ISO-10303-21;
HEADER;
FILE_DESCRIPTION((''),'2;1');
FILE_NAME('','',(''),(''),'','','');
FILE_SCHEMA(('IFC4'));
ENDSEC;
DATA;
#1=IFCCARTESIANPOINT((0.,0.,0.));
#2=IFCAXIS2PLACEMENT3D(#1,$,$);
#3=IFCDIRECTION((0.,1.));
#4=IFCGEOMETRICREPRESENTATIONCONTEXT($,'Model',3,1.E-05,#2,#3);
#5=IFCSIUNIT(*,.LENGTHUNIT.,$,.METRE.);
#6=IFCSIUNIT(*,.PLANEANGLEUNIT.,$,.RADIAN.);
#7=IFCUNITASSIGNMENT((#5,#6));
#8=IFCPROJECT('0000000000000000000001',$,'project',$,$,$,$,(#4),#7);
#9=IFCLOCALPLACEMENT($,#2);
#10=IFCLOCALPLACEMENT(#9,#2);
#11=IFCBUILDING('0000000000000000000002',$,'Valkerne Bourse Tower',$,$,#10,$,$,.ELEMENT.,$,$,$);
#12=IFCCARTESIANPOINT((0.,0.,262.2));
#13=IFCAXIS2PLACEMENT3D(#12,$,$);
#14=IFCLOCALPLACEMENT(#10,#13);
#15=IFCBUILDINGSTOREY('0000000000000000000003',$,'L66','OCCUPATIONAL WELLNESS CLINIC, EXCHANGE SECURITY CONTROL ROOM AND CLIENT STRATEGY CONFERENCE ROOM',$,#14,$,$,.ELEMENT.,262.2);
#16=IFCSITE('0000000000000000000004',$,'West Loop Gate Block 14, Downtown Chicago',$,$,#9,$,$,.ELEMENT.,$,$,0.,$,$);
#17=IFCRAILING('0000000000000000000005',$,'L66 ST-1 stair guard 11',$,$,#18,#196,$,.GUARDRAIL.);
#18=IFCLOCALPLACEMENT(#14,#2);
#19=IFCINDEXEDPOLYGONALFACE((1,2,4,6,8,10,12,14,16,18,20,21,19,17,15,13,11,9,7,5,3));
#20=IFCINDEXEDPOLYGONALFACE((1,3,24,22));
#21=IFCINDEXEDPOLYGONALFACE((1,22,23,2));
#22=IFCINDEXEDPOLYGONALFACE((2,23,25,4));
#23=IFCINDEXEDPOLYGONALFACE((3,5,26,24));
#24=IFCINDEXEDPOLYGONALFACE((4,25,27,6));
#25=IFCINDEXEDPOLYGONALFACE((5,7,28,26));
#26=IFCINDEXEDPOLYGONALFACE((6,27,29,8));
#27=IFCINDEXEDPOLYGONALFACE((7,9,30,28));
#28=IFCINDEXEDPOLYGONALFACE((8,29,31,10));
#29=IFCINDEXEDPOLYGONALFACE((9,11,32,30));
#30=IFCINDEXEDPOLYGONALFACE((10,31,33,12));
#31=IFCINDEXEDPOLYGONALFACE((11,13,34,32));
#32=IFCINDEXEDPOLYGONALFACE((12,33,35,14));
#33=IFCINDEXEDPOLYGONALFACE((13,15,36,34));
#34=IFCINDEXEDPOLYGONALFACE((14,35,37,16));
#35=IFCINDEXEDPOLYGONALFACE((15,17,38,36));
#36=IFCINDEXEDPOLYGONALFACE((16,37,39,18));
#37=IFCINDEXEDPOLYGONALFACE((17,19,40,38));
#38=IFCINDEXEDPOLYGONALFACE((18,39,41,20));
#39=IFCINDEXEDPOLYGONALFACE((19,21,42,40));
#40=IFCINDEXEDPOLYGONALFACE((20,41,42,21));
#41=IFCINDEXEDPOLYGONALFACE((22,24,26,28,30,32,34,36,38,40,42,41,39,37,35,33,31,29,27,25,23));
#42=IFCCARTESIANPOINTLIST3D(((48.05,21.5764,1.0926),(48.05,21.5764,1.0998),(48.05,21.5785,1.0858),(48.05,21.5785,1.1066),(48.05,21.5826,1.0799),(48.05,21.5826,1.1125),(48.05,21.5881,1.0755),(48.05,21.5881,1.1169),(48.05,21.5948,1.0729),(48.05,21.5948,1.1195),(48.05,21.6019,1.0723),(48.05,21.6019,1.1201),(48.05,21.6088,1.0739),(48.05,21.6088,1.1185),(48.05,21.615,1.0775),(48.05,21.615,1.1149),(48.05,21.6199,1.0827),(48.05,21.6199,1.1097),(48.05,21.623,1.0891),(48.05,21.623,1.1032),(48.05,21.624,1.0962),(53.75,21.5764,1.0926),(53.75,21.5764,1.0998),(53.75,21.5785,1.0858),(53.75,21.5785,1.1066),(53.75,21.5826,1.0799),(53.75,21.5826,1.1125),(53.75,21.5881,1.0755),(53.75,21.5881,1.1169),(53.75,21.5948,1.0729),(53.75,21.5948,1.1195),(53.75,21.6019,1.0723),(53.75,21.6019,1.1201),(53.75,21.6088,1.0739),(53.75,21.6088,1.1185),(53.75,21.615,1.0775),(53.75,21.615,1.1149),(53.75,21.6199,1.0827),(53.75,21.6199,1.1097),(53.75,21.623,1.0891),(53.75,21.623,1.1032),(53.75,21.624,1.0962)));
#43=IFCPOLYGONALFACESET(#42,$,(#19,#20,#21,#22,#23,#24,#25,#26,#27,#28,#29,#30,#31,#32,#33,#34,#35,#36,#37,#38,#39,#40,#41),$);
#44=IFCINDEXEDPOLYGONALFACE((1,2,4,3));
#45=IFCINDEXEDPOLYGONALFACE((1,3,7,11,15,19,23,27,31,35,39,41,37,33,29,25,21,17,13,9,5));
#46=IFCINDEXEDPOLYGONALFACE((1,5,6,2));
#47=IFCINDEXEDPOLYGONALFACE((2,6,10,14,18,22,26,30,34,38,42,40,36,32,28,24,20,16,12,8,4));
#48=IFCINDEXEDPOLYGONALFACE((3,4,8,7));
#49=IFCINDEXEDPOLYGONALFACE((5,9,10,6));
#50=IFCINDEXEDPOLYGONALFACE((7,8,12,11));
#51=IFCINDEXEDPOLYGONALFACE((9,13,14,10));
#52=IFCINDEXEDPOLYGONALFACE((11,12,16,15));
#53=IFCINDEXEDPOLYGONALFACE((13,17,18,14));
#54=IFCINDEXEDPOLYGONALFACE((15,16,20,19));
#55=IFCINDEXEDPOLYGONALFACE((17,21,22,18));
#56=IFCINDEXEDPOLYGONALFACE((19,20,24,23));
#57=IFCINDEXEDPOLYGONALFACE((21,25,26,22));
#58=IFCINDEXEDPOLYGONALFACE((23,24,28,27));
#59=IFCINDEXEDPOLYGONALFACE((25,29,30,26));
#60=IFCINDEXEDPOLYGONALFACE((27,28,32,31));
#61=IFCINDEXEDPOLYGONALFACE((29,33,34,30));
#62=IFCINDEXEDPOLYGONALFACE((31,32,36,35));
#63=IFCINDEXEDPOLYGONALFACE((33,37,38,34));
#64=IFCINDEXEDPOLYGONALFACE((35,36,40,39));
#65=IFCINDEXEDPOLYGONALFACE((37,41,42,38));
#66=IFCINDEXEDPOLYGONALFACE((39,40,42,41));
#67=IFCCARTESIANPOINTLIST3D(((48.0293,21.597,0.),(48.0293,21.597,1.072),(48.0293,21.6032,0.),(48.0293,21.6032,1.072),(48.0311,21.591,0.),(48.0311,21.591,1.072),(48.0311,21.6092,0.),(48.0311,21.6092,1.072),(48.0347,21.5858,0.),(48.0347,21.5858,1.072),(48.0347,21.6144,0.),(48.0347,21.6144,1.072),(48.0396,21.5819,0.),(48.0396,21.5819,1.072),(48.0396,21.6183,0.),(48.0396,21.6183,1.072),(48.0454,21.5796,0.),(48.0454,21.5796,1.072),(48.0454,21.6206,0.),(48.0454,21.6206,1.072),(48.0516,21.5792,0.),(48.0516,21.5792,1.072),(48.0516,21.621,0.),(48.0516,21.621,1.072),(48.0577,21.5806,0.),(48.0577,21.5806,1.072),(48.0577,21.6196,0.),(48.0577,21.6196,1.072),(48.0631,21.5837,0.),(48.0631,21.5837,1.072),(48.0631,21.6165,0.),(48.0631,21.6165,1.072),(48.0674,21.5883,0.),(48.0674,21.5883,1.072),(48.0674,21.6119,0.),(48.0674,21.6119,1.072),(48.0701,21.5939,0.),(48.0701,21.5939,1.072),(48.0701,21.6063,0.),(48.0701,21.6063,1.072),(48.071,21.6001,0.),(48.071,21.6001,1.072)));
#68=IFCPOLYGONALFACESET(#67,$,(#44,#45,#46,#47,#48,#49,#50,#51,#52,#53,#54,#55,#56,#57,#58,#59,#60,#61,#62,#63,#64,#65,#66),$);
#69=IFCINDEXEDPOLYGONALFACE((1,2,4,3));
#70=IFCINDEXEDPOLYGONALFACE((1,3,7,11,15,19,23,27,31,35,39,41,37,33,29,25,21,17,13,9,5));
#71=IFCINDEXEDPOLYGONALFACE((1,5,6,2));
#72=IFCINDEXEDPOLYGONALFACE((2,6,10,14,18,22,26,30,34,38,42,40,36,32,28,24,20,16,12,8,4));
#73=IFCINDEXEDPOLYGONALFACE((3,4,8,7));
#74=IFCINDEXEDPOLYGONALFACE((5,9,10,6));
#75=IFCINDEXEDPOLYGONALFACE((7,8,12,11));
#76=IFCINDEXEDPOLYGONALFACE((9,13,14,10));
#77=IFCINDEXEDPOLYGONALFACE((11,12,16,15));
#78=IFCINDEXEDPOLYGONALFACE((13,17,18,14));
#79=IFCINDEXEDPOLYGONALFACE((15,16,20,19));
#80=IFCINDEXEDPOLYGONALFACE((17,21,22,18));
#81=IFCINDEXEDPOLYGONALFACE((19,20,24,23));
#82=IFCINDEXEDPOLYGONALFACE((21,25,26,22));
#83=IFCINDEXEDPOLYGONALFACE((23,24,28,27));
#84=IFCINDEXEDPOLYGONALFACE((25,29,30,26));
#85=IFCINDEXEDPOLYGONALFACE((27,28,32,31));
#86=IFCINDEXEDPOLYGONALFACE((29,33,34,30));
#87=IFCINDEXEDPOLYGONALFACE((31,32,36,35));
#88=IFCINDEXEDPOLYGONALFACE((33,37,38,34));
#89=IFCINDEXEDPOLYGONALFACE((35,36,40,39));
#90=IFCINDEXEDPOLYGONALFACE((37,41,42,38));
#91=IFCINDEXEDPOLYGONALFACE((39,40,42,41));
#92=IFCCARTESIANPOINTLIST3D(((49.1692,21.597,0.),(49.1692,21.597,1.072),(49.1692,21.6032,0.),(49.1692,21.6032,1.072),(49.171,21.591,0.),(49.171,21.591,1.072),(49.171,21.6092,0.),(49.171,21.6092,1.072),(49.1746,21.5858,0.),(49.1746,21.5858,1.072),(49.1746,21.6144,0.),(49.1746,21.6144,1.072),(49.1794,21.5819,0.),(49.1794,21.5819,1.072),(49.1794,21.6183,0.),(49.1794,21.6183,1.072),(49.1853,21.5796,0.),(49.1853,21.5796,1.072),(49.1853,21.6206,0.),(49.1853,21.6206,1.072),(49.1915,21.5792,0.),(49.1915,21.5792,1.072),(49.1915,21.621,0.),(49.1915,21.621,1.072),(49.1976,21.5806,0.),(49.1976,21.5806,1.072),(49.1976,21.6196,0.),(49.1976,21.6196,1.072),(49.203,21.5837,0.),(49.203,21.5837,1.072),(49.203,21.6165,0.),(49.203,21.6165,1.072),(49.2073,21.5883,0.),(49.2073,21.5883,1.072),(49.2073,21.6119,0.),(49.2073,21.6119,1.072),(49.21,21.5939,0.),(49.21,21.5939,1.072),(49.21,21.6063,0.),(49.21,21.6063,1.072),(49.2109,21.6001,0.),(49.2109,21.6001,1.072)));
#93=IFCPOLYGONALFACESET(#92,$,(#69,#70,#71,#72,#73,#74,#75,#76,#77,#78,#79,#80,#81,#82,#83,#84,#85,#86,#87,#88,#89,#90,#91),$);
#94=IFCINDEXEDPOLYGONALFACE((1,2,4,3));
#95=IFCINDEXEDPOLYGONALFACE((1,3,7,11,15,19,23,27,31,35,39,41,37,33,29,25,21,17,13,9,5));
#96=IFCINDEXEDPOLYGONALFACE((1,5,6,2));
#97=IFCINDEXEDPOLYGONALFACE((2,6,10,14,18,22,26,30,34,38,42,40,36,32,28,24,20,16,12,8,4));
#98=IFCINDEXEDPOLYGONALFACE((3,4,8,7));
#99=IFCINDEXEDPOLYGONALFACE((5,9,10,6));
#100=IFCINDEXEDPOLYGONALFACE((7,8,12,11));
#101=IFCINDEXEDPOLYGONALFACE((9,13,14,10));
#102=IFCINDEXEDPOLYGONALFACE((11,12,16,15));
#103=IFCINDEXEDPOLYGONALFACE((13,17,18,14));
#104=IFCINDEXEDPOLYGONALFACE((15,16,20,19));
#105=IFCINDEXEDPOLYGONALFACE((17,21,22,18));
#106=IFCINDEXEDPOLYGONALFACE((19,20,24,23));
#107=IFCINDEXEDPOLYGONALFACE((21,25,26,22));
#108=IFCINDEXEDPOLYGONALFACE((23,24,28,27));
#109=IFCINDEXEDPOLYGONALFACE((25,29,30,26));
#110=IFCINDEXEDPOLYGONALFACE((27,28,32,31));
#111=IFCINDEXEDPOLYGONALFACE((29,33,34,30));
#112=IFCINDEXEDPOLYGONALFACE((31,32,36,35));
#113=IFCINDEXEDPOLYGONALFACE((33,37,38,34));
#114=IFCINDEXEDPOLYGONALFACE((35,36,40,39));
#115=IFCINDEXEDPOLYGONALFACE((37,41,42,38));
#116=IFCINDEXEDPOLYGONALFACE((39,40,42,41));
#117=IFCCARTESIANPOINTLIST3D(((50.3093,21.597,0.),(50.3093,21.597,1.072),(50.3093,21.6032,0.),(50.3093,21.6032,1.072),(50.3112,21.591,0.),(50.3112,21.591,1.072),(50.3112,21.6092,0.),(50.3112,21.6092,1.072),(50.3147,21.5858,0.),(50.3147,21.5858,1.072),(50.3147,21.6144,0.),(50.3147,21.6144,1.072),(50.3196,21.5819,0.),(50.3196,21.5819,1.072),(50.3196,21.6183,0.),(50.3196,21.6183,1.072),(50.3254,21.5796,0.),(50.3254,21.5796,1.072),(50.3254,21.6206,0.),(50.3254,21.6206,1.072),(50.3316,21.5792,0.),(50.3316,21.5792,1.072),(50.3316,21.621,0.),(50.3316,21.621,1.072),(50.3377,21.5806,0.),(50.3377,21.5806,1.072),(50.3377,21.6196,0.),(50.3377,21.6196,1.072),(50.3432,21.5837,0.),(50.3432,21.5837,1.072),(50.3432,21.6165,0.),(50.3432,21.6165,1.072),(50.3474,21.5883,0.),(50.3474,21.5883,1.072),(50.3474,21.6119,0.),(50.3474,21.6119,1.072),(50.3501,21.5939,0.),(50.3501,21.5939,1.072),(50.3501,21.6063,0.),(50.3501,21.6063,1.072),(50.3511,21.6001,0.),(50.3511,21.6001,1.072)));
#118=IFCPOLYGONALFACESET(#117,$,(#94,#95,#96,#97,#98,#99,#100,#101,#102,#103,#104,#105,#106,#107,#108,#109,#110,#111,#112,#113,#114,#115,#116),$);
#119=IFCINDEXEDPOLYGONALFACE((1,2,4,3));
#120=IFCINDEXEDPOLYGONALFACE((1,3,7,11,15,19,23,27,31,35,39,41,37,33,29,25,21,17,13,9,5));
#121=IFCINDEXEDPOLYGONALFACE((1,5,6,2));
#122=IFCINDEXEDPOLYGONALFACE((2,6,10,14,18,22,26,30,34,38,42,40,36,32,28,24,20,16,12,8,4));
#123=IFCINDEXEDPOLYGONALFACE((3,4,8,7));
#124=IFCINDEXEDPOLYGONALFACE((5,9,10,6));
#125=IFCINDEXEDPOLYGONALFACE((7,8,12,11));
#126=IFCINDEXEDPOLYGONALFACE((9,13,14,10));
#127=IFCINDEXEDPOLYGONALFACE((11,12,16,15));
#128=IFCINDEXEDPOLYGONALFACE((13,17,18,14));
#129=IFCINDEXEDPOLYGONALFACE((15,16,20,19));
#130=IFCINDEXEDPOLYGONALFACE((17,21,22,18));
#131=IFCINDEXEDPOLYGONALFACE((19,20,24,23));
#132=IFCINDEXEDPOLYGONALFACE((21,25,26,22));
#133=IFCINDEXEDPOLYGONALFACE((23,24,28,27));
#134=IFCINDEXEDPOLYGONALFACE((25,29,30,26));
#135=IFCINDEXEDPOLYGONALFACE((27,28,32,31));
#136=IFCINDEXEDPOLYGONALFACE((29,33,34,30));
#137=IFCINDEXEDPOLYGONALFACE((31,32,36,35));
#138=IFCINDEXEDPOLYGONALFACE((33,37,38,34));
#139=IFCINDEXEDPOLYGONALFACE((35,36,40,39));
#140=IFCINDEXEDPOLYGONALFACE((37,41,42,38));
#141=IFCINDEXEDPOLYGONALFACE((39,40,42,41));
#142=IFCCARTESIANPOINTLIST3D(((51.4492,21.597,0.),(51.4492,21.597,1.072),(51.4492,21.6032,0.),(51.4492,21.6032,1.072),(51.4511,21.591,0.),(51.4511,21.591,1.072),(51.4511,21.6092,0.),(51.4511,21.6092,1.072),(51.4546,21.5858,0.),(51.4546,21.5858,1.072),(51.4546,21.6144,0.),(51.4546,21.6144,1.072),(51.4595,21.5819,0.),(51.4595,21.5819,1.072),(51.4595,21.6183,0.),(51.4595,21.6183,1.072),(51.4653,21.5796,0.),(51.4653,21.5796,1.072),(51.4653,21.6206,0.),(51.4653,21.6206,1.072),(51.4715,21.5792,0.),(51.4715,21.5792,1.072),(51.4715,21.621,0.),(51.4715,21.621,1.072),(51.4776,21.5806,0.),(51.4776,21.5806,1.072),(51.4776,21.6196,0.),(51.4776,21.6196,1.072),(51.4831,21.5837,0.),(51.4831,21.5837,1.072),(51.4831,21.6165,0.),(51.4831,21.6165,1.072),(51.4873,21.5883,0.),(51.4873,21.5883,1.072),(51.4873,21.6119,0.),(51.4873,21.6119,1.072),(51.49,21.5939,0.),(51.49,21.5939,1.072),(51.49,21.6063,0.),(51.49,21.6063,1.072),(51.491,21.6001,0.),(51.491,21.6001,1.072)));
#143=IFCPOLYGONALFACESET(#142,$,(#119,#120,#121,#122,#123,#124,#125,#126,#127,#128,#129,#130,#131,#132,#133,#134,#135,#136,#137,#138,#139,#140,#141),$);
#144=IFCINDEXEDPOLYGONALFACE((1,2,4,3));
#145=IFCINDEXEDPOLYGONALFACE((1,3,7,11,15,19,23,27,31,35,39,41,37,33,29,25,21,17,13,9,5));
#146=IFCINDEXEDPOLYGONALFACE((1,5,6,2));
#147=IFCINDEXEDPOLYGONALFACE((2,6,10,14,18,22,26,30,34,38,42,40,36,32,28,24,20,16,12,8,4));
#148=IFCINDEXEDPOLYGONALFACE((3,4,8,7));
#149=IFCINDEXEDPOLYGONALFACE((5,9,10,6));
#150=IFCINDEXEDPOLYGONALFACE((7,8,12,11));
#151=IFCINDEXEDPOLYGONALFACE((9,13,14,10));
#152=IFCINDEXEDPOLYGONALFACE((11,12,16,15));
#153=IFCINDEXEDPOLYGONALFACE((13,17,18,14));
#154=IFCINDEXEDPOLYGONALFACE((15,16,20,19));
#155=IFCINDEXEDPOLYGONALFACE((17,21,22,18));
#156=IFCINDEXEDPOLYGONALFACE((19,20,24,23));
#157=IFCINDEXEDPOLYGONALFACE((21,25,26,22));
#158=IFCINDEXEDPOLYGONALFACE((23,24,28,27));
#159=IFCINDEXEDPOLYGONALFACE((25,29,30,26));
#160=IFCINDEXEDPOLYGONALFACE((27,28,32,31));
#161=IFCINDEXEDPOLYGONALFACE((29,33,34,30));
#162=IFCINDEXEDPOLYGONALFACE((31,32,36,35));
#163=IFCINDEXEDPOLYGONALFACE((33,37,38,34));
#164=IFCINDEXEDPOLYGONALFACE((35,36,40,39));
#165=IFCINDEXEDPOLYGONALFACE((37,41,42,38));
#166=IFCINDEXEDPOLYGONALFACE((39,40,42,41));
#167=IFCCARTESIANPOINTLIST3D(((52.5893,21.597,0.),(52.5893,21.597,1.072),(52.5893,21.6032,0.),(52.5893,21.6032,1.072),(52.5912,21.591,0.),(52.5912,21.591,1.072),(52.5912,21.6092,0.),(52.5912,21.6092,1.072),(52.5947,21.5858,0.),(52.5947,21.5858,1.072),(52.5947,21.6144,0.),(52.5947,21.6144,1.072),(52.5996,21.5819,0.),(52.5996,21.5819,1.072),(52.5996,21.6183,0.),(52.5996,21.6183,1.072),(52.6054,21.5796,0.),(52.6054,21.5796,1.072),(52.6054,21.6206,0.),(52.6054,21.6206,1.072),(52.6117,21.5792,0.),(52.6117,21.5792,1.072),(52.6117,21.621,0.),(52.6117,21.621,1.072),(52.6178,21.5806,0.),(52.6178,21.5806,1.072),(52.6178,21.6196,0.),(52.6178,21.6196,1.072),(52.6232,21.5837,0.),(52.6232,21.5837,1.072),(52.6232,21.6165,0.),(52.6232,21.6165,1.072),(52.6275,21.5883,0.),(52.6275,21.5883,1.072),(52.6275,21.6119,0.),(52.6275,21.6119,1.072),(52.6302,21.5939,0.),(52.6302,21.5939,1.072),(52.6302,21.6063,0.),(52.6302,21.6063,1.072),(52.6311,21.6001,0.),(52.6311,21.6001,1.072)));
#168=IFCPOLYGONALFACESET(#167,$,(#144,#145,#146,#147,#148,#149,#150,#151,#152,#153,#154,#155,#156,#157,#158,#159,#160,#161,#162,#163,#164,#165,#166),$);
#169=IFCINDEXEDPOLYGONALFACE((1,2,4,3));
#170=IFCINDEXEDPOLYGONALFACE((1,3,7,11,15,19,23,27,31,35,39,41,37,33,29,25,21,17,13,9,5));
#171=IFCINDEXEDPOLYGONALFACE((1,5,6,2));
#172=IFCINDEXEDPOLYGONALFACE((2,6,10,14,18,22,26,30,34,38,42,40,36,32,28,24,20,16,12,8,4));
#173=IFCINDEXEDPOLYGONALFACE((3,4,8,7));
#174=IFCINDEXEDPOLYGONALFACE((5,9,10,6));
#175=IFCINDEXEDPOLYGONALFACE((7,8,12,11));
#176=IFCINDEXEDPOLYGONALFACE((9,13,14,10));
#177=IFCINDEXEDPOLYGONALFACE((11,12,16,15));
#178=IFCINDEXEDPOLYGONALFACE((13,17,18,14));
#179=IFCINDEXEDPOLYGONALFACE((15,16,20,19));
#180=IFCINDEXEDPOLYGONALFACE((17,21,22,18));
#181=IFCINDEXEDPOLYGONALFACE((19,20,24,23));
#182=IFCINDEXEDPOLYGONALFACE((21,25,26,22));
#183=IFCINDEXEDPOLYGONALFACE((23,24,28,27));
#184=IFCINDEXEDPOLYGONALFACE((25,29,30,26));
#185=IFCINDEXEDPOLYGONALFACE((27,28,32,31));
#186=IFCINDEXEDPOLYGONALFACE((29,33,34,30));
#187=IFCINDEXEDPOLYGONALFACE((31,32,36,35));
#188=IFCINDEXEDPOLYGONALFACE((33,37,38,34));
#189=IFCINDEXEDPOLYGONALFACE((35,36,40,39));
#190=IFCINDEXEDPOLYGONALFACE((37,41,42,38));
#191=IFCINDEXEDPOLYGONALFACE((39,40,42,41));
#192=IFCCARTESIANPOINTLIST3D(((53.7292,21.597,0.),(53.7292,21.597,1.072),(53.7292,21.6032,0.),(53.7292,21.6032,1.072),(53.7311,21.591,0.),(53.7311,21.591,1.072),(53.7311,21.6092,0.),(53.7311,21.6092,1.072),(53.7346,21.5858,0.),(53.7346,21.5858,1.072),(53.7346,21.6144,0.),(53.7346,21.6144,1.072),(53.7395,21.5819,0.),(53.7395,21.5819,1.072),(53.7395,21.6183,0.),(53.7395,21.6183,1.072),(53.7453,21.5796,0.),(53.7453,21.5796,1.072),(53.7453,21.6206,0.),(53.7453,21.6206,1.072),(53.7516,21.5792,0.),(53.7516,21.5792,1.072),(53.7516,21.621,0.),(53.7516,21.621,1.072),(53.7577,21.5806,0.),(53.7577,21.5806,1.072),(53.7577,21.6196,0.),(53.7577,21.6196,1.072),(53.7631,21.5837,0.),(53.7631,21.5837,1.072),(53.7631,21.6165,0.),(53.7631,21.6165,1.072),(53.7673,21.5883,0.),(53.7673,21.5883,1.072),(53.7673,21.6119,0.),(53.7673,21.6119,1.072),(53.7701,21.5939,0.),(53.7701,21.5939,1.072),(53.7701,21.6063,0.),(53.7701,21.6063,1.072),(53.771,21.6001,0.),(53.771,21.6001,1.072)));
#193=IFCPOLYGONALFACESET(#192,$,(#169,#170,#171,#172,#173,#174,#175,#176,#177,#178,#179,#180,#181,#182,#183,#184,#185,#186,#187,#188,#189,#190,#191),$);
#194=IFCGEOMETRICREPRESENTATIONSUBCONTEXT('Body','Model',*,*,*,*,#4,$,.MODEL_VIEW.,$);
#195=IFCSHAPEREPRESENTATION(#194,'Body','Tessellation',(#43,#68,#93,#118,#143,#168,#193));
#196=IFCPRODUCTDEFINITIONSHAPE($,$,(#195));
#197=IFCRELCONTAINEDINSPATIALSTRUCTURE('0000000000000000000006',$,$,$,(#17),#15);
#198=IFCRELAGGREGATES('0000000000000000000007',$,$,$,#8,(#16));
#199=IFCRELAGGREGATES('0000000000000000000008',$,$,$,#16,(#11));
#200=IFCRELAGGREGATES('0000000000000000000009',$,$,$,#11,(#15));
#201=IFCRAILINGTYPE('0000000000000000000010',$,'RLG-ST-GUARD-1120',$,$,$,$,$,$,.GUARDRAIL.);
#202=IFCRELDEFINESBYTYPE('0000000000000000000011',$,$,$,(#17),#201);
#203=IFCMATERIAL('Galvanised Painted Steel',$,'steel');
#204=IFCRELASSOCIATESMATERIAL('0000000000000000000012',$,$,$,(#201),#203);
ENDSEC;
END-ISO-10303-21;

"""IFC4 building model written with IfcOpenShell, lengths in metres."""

from ifc_helpers import new_model, si_unit, direction, frame, origin, origin_2d, place, context, subcontext, project, spatial, circle, extrude, material, type_object, element, save


model = new_model("IFC4")

# Units and contexts
model_context = context("Model", 3, precision=1e-05, world=origin(), true_north=direction((0.0, 1.0)))
body_context = subcontext(model_context, "Body", "Model", "MODEL_VIEW")
ifc_project = project(units=[si_unit("LENGTHUNIT", "METRE"), si_unit("PLANEANGLEUNIT", "RADIAN")], contexts=[model_context])

# Site, building, storey
site_placement = place(None, origin())
site = spatial("IfcSite", under=ifc_project, at=site_placement, Name="West Loop Gate Block 14, Downtown Chicago", CompositionType="ELEMENT", RefElevation=0.0)
building_placement = place(site_placement, origin())
building = spatial("IfcBuilding", under=site, at=building_placement, Name="Valkerne Bourse Tower", CompositionType="ELEMENT")
storey_placement = place(building_placement, frame((0.0, 0.0, 262.2)))
storey = spatial("IfcBuildingStorey", under=building, at=storey_placement, Name="L66", Description="OCCUPATIONAL WELLNESS CLINIC, EXCHANGE SECURITY CONTROL ROOM AND CLIENT STRATEGY CONFERENCE ROOM", CompositionType="ELEMENT", Elevation=262.2)

# Shared definitions
ifc_material_1 = material(Name="Galvanised Painted Steel", Category="steel")

# Railing
railing_type_1 = type_object("IfcRailingType", Name="RLG-ST-GUARD-1120", PredefinedType="GUARDRAIL", material=ifc_material_1)
railing_1_placement = place(storey_placement, frame((48.05, 21.6001, 0.0)))
element("IfcRailing", 1, at=railing_1_placement, inside=storey, type_object=railing_type_1, Name="L66 ST-1 stair guard 11", PredefinedType="GUARDRAIL", context=body_context, shape_type="SweptSolid", body=[
    extrude(circle(Radius=0.0239, at=origin_2d()), frame((0.0, 0.0, 1.0962), z_axis=(1.0, 0.0, 0.0), x_axis=(0.0, 1.0, 0.0)), (0.0, 0.0, 1.0), 5.7),
    extrude(circle(Radius=0.021, at=origin_2d()), origin(), (0.0, 0.0, 1.0), 1.072),
    extrude(circle(Radius=0.021, at=origin_2d()), frame((1.1399, 0.0, 0.0)), (0.0, 0.0, 1.0), 1.072),
    extrude(circle(Radius=0.021, at=origin_2d()), frame((2.28, 0.0, 0.0)), (0.0, 0.0, 1.0), 1.072),
    extrude(circle(Radius=0.021, at=origin_2d()), frame((3.4199, 0.0, 0.0)), (0.0, 0.0, 1.0), 1.072),
    extrude(circle(Radius=0.021, at=origin_2d()), frame((4.5601, 0.0, 0.0)), (0.0, 0.0, 1.0), 1.072),
    extrude(circle(Radius=0.021, at=origin_2d()), frame((5.7, 0.0, 0.0)), (0.0, 0.0, 1.0), 1.072),
])

save(model, "model.ifc")
